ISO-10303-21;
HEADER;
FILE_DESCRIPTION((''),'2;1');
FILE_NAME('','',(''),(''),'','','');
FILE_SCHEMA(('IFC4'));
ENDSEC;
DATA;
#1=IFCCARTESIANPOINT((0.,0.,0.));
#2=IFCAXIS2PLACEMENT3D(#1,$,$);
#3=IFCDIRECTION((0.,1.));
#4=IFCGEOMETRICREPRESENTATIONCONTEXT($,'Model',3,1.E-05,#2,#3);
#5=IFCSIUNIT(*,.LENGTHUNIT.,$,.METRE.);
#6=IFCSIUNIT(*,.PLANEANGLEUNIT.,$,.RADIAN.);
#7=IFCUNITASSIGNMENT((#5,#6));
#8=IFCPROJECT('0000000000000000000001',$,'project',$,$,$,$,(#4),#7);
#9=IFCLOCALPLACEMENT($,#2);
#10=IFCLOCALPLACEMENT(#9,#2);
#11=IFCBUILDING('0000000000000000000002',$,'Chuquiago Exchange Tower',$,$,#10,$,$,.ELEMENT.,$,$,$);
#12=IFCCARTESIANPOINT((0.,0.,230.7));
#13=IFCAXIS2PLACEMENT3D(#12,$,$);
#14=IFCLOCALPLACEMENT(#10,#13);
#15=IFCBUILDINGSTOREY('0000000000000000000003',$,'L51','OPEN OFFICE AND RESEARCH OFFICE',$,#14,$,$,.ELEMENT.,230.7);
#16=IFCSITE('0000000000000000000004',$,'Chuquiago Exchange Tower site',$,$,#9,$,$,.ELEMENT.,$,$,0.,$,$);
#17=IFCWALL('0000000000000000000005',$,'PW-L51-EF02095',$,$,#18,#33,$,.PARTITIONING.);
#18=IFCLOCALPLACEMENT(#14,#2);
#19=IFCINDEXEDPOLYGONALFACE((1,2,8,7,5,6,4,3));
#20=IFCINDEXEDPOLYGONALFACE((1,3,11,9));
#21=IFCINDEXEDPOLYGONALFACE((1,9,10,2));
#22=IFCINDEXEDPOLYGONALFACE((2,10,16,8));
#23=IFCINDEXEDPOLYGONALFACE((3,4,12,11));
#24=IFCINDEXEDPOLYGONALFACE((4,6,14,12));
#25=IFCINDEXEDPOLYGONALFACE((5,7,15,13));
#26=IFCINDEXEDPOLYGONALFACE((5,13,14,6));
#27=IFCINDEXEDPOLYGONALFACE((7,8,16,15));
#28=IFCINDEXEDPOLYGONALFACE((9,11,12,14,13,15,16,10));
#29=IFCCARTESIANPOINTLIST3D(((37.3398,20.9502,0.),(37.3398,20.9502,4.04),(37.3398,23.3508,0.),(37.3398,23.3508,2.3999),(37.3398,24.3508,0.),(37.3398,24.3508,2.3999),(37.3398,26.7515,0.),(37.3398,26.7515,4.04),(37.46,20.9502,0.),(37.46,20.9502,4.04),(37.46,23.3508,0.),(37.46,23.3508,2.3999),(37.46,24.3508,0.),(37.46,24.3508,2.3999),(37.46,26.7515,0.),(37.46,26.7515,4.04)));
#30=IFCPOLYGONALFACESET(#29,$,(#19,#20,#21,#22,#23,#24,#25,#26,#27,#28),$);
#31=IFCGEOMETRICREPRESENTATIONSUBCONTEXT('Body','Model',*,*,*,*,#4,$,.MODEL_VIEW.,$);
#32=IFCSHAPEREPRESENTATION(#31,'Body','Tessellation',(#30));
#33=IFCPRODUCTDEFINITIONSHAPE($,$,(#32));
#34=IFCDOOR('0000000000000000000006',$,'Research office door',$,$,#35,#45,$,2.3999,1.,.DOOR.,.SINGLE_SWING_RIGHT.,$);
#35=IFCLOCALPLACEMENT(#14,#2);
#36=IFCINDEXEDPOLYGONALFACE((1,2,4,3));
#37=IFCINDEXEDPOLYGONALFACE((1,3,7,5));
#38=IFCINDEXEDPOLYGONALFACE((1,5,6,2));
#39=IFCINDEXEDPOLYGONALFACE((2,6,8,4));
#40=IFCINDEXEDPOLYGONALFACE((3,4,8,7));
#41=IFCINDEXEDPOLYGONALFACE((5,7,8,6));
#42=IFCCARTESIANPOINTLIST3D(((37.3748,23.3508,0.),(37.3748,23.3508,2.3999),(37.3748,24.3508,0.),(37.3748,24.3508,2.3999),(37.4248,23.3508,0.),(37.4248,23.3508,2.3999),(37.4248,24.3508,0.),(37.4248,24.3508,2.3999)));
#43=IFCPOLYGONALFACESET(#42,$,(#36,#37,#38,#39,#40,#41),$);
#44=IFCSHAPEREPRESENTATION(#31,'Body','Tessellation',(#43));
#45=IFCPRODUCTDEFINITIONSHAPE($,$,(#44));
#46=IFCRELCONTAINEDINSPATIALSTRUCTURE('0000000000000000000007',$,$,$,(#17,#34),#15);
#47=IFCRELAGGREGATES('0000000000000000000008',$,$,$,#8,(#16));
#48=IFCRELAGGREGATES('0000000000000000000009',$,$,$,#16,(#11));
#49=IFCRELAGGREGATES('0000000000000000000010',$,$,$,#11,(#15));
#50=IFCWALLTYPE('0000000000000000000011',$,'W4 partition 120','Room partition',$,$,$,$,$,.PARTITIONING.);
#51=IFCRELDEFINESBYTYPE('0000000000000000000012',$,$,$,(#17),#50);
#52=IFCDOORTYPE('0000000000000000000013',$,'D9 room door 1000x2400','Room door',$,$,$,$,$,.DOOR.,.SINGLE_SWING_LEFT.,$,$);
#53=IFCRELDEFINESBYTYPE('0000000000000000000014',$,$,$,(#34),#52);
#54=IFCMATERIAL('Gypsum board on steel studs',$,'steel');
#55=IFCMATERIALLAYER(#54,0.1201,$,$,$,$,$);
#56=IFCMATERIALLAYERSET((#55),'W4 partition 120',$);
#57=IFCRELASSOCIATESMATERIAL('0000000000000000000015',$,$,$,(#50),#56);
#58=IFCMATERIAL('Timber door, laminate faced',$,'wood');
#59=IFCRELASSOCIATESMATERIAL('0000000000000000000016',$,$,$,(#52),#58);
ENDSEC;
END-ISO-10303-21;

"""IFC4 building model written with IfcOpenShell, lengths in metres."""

from ifc_helpers import new_model, si_unit, direction, frame, frame_2d, origin, place, context, subcontext, project, spatial, rectangle, extrude, material, layer, layer_set, type_object, element, fill, save


model = new_model("IFC4")

# Units and contexts
model_context = context("Model", 3, precision=1e-05, world=origin(), true_north=direction((0.0, 1.0)))
body_context = subcontext(model_context, "Body", "Model", "MODEL_VIEW")
ifc_project = project(units=[si_unit("LENGTHUNIT", "METRE"), si_unit("PLANEANGLEUNIT", "RADIAN")], contexts=[model_context])

# Site, building, storey
site_placement = place(None, origin())
site = spatial("IfcSite", under=ifc_project, at=site_placement, Name="Chuquiago Exchange Tower site", CompositionType="ELEMENT", RefElevation=0.0)
building_placement = place(site_placement, origin())
building = spatial("IfcBuilding", under=site, at=building_placement, Name="Chuquiago Exchange Tower", CompositionType="ELEMENT")
storey_placement = place(building_placement, frame((0.0, 0.0, 230.7)))
storey = spatial("IfcBuildingStorey", under=building, at=storey_placement, Name="L51", Description="OPEN OFFICE AND RESEARCH OFFICE", CompositionType="ELEMENT", Elevation=230.7)

# Shared definitions
ifc_material_1 = material(Name="Gypsum board on steel studs", Category="steel")
ifc_layer_1 = layer(ifc_material_1, 0.1201)
ifc_layer_set_1 = layer_set([ifc_layer_1], Name="W4 partition 120")
wall_type_1 = type_object("IfcWallType", Name="W4 partition 120", Description="Room partition", PredefinedType="PARTITIONING", material=ifc_layer_set_1)

# Wall, opening, door
wall_1_placement = place(storey_placement, frame((37.3999, 20.9502, 0.0), z_axis=(0.0, 0.0, 1.0), x_axis=(0.0, 1.0, 0.0)))
wall_1 = element("IfcWall", 1, at=wall_1_placement, inside=storey, type_object=wall_type_1, Name="PW-L51-EF02095", PredefinedType="PARTITIONING", context=body_context, shape_type="SweptSolid", body=[
    extrude(rectangle(XDim=5.8013, YDim=0.1201, at=frame_2d((2.9006, 0.0))), origin(), (0.0, 0.0, 1.0), 4.04),
])
opening_1_placement = place(wall_1_placement, frame((2.4006, 0.0, 0.0)))
opening_1 = element("IfcOpeningElement", 2, at=opening_1_placement, cuts=wall_1, PredefinedType="OPENING", context=body_context, shape_type="SweptSolid", body=[
    extrude(rectangle(XDim=1.0, YDim=2.3999, at=frame_2d((0.5, 1.2))), frame((0.0, 0.0701, 0.0), z_axis=(0.0, -1.0, 0.0), x_axis=(1.0, 0.0, 0.0)), (0.0, 0.0, 1.0), 0.1401),
])
ifc_material_2 = material(Name="Timber door, laminate faced", Category="wood")
door_type_1 = type_object("IfcDoorType", Name="D9 room door 1000x2400", Description="Room door", OperationType="SINGLE_SWING_LEFT", PredefinedType="DOOR", material=ifc_material_2)
door_1_placement = place(opening_1_placement, frame((1.0, 0.0, 0.0), z_axis=(0.0, 0.0, 1.0), x_axis=(-1.0, 0.0, 0.0)))
door_1 = element("IfcDoor", 3, at=door_1_placement, inside=storey, type_object=door_type_1, Name="Research office door", OperationType="SINGLE_SWING_RIGHT", OverallHeight=2.3999, OverallWidth=1.0, PredefinedType="DOOR", context=body_context, shape_type="SweptSolid", body=[
    extrude(rectangle(XDim=1.0, YDim=2.3999, at=frame_2d((0.5, 1.2))), frame((0.0, 0.0249, 0.0), z_axis=(0.0, -1.0, 0.0), x_axis=(1.0, 0.0, 0.0)), (0.0, 0.0, 1.0), 0.05),
])
fill(opening_1, door_1)

save(model, "model.ifc")
